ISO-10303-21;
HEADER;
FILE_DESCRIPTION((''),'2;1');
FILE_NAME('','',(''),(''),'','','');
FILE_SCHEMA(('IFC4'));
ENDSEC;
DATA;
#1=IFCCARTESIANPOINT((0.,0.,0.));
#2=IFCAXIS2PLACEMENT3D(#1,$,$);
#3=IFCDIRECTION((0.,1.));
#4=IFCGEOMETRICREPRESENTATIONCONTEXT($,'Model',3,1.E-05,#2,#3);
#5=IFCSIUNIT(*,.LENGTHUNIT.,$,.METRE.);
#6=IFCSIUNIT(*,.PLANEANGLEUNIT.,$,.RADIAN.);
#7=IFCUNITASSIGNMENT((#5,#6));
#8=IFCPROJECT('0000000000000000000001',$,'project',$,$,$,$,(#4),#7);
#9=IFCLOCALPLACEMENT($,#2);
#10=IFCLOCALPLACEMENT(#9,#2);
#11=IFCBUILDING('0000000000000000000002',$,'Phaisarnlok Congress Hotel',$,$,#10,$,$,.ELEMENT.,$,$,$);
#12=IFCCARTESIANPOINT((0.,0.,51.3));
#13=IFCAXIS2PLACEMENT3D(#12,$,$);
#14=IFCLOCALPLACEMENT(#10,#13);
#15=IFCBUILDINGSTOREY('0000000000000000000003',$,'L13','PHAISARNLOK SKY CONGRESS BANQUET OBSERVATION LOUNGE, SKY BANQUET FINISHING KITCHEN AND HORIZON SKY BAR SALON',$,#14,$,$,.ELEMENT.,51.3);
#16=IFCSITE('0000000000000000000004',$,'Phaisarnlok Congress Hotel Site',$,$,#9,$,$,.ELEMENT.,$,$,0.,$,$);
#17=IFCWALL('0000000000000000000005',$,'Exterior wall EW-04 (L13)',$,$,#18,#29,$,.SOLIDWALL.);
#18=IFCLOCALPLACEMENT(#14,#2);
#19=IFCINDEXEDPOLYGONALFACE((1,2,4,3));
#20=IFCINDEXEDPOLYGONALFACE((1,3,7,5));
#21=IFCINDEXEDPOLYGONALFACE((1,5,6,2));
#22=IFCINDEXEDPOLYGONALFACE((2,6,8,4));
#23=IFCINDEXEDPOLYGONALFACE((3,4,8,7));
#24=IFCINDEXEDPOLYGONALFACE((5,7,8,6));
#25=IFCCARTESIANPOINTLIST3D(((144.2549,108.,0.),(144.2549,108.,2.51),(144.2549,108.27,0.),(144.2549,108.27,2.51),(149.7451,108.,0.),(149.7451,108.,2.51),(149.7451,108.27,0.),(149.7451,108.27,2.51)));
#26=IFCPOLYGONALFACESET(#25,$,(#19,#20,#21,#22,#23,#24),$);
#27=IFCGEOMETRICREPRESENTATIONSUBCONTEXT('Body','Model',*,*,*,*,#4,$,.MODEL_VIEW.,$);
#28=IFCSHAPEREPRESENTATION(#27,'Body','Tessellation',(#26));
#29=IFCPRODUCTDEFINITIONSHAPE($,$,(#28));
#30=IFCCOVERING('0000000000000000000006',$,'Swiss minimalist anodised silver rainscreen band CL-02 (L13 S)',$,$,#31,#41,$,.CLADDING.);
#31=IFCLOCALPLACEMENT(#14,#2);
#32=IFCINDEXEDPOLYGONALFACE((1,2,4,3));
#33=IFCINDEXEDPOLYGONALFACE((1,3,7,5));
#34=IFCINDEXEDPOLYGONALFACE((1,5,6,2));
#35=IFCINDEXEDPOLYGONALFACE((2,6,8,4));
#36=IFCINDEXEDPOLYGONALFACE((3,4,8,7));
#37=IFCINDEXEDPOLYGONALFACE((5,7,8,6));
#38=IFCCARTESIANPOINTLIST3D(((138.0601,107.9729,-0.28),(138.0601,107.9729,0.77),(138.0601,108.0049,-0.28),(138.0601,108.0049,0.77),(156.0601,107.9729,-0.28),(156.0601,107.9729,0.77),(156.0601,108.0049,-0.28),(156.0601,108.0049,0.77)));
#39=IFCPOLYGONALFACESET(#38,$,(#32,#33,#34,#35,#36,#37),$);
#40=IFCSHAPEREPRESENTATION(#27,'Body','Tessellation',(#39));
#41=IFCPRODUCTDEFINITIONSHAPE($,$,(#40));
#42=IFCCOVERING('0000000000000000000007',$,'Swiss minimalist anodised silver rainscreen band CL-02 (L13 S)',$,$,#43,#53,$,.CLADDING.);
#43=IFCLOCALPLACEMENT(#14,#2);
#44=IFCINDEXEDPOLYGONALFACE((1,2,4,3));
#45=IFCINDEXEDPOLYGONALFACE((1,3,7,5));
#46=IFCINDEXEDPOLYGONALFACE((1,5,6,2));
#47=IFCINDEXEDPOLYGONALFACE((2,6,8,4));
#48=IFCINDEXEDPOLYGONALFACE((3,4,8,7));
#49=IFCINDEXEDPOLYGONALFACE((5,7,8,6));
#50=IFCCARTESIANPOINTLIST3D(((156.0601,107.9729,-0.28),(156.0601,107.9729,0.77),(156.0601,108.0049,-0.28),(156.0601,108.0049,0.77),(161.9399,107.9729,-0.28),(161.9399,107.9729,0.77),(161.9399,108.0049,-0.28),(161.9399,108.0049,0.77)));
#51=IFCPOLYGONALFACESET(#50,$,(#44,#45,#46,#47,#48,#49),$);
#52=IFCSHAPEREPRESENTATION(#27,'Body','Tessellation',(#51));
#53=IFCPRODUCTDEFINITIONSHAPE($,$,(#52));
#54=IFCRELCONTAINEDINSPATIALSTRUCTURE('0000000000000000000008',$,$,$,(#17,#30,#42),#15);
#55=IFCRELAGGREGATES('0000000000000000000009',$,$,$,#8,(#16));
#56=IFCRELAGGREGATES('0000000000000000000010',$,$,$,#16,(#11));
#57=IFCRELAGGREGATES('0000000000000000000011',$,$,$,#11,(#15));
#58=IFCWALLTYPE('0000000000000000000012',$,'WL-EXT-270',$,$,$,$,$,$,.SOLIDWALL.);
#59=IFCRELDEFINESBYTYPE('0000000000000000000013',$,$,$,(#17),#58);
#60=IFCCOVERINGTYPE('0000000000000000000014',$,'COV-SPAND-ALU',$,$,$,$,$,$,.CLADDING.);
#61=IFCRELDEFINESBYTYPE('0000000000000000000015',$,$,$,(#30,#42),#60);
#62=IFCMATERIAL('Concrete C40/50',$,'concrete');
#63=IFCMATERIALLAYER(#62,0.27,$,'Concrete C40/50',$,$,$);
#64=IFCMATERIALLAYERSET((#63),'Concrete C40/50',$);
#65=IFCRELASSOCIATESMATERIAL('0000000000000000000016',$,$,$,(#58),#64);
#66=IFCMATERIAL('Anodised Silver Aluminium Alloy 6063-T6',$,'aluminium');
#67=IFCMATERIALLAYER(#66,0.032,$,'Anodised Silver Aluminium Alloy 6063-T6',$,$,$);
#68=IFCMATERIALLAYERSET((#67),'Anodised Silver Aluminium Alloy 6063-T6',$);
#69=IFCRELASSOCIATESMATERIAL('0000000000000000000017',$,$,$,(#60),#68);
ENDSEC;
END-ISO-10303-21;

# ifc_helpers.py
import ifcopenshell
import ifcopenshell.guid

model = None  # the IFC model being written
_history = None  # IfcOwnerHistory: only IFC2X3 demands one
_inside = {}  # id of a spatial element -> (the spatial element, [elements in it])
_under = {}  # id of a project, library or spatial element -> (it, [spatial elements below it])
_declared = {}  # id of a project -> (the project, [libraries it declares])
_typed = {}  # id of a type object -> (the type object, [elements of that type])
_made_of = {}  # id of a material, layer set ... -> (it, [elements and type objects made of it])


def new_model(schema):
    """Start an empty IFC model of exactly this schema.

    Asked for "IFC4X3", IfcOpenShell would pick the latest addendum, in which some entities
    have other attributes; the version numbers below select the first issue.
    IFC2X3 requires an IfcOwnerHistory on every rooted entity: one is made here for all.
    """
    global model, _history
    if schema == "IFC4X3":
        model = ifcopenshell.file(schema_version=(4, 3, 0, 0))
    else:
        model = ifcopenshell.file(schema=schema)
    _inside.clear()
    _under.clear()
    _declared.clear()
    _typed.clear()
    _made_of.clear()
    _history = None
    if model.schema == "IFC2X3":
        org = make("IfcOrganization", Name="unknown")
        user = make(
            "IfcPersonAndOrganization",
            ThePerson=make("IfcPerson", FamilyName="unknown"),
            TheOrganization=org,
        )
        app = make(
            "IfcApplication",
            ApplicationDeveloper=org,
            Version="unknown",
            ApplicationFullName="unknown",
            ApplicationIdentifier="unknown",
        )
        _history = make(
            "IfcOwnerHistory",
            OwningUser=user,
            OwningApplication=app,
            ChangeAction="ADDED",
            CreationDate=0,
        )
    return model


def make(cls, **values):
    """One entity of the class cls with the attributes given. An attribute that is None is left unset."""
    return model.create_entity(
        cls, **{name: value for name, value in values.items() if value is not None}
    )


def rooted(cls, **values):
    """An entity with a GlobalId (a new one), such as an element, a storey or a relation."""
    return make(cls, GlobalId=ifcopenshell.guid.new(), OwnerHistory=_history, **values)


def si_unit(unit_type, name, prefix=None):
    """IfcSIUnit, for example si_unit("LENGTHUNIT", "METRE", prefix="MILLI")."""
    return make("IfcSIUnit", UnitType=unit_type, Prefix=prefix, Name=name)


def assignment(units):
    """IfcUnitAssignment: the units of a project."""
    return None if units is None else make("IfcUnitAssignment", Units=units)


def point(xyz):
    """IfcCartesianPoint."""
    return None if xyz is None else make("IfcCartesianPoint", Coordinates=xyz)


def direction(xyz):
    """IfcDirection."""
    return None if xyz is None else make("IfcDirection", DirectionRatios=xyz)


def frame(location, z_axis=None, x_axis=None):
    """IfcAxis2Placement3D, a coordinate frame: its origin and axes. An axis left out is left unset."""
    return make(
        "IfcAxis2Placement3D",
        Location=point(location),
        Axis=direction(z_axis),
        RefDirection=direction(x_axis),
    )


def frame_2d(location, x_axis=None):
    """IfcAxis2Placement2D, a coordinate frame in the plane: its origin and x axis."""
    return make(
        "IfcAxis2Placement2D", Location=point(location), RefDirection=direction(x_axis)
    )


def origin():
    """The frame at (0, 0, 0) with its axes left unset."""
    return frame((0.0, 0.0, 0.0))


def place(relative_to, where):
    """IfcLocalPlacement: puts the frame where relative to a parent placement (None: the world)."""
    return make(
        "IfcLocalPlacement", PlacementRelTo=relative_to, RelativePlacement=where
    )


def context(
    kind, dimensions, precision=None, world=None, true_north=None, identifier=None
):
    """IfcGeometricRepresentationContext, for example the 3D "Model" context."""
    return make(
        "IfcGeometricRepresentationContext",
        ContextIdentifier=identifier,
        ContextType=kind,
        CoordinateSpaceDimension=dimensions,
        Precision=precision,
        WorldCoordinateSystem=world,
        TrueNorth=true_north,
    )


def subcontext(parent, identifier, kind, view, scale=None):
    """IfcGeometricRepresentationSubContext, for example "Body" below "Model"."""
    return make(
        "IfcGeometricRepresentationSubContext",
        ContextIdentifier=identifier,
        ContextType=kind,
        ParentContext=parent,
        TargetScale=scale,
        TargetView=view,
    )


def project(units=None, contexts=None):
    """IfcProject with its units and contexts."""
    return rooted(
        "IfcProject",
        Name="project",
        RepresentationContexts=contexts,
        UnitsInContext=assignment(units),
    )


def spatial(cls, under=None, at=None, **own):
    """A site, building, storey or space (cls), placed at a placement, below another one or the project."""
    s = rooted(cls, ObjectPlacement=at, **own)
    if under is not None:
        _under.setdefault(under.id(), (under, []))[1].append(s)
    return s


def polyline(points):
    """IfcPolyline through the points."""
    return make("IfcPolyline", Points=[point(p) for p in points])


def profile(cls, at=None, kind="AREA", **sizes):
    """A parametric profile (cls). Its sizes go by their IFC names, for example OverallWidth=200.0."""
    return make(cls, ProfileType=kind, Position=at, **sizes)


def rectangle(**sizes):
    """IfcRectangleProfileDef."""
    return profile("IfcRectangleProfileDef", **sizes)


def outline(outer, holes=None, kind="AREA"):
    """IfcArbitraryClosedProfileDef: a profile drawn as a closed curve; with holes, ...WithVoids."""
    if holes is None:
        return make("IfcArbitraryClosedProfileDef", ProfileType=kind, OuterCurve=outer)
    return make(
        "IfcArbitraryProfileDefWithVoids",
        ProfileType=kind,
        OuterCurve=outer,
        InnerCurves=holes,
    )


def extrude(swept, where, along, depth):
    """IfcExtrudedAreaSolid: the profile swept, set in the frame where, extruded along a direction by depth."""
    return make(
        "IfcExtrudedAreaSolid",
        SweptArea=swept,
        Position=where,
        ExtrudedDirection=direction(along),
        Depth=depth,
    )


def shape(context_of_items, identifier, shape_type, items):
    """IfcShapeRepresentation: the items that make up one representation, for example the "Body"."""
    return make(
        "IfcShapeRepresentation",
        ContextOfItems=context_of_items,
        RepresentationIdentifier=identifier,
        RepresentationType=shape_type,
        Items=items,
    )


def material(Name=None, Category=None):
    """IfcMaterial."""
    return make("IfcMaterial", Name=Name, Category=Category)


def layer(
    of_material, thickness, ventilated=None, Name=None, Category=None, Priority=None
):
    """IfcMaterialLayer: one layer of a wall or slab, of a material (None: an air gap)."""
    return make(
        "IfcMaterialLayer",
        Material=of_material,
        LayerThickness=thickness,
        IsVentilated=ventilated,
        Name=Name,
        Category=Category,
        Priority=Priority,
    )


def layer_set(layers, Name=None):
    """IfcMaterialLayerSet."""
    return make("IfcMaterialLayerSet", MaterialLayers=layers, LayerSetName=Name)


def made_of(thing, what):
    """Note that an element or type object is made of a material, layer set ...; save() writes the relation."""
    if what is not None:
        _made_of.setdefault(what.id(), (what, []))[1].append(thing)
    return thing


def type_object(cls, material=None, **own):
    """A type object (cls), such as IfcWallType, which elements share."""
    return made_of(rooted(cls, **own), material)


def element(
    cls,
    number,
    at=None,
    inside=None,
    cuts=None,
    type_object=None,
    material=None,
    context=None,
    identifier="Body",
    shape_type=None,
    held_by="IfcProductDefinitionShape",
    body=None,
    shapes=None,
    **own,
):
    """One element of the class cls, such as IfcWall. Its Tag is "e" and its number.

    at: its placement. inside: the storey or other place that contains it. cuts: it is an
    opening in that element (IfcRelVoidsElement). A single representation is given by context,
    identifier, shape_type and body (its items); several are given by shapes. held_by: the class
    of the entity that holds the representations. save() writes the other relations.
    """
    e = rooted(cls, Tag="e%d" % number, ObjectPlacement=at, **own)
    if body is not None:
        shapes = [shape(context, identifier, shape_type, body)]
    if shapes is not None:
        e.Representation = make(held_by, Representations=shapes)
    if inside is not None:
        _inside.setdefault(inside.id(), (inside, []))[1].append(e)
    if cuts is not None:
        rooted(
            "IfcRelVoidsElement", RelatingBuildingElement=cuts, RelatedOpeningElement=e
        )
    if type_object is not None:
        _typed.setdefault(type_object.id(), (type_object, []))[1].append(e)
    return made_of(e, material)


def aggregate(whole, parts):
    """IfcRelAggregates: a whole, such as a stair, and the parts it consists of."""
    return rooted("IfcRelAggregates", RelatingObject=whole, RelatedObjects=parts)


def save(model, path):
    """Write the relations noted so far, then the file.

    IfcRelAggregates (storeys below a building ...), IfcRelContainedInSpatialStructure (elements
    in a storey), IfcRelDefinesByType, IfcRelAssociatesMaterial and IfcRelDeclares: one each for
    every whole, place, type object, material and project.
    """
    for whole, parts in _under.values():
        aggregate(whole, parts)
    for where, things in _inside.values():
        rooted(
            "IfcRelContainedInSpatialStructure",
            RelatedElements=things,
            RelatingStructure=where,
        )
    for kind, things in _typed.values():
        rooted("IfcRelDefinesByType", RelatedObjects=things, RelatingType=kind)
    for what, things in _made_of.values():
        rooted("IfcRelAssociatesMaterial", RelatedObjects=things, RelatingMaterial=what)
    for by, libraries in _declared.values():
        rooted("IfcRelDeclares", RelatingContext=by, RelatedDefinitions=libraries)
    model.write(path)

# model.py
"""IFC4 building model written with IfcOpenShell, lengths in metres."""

from ifc_helpers import new_model, si_unit, direction, frame, frame_2d, origin, place, context, subcontext, project, spatial, polyline, rectangle, outline, extrude, material, layer, layer_set, type_object, element, save


model = new_model("IFC4")

# Units and contexts
model_context = context("Model", 3, precision=1e-05, world=origin(), true_north=direction((0.0, 1.0)))
body_context = subcontext(model_context, "Body", "Model", "MODEL_VIEW")
ifc_project = project(units=[si_unit("LENGTHUNIT", "METRE"), si_unit("PLANEANGLEUNIT", "RADIAN")], contexts=[model_context])

# Site, building, storey
site_placement = place(None, origin())
site = spatial("IfcSite", under=ifc_project, at=site_placement, Name="Phaisarnlok Congress Hotel Site", CompositionType="ELEMENT", RefElevation=0.0)
building_placement = place(site_placement, origin())
building = spatial("IfcBuilding", under=site, at=building_placement, Name="Phaisarnlok Congress Hotel", CompositionType="ELEMENT")
storey_placement = place(building_placement, frame((0.0, 0.0, 51.3)))
storey = spatial("IfcBuildingStorey", under=building, at=storey_placement, Name="L13", Description="PHAISARNLOK SKY CONGRESS BANQUET OBSERVATION LOUNGE, SKY BANQUET FINISHING KITCHEN AND HORIZON SKY BAR SALON", CompositionType="ELEMENT", Elevation=51.3)

# Wall
ifc_material_1 = material(Name="Concrete C40/50", Category="concrete")
ifc_layer_1 = layer(ifc_material_1, 0.27, Name="Concrete C40/50")
ifc_layer_set_1 = layer_set([ifc_layer_1], Name="Concrete C40/50")
wall_type_1 = type_object("IfcWallType", Name="WL-EXT-270", PredefinedType="SOLIDWALL", material=ifc_layer_set_1)
wall_1_placement = place(storey_placement, frame((144.2549, 108.135, 0.0), z_axis=(0.0, 0.0, 1.0), x_axis=(1.0, 0.0, 0.0)))
element("IfcWall", 1, at=wall_1_placement, inside=storey, type_object=wall_type_1, Name="Exterior wall EW-04 (L13)", PredefinedType="SOLIDWALL", context=body_context, shape_type="SweptSolid", body=[
    extrude(rectangle(XDim=5.4902, YDim=0.27, at=frame_2d((2.7451, 0.0))), origin(), (0.0, 0.0, 1.0), 2.51),
])

# Coverings
ifc_material_2 = material(Name="Anodised Silver Aluminium Alloy 6063-T6", Category="aluminium")
ifc_layer_2 = layer(ifc_material_2, 0.032, Name="Anodised Silver Aluminium Alloy 6063-T6")
ifc_layer_set_2 = layer_set([ifc_layer_2], Name="Anodised Silver Aluminium Alloy 6063-T6")
covering_type = type_object("IfcCoveringType", Name="COV-SPAND-ALU", PredefinedType="CLADDING", material=ifc_layer_set_2)
covering_1_placement = place(storey_placement, frame((138.0601, 108.0049, -0.28), z_axis=(0.0, -1.0, 0.0), x_axis=(1.0, 0.0, 0.0)))
element("IfcCovering", 2, at=covering_1_placement, inside=storey, type_object=covering_type, Name="Swiss minimalist anodised silver rainscreen band CL-02 (L13 S)", PredefinedType="CLADDING", context=body_context, shape_type="SweptSolid", body=[
    extrude(outline(polyline([(0.0, 0.0), (18.0, 0.0), (18.0, 1.05), (0.0, 1.05), (0.0, 0.0)])), origin(), (0.0, 0.0, 1.0), 0.032),
])
covering_2_placement = place(storey_placement, frame((156.0601, 108.0049, -0.28), z_axis=(0.0, -1.0, 0.0), x_axis=(1.0, 0.0, 0.0)))
element("IfcCovering", 3, at=covering_2_placement, inside=storey, type_object=covering_type, Name="Swiss minimalist anodised silver rainscreen band CL-02 (L13 S)", PredefinedType="CLADDING", context=body_context, shape_type="SweptSolid", body=[
    extrude(outline(polyline([(0.0, 0.0), (5.8799, 0.0), (5.8799, 1.05), (0.0, 1.05), (0.0, 0.0)])), origin(), (0.0, 0.0, 1.0), 0.032),
])

save(model, "model.ifc")
